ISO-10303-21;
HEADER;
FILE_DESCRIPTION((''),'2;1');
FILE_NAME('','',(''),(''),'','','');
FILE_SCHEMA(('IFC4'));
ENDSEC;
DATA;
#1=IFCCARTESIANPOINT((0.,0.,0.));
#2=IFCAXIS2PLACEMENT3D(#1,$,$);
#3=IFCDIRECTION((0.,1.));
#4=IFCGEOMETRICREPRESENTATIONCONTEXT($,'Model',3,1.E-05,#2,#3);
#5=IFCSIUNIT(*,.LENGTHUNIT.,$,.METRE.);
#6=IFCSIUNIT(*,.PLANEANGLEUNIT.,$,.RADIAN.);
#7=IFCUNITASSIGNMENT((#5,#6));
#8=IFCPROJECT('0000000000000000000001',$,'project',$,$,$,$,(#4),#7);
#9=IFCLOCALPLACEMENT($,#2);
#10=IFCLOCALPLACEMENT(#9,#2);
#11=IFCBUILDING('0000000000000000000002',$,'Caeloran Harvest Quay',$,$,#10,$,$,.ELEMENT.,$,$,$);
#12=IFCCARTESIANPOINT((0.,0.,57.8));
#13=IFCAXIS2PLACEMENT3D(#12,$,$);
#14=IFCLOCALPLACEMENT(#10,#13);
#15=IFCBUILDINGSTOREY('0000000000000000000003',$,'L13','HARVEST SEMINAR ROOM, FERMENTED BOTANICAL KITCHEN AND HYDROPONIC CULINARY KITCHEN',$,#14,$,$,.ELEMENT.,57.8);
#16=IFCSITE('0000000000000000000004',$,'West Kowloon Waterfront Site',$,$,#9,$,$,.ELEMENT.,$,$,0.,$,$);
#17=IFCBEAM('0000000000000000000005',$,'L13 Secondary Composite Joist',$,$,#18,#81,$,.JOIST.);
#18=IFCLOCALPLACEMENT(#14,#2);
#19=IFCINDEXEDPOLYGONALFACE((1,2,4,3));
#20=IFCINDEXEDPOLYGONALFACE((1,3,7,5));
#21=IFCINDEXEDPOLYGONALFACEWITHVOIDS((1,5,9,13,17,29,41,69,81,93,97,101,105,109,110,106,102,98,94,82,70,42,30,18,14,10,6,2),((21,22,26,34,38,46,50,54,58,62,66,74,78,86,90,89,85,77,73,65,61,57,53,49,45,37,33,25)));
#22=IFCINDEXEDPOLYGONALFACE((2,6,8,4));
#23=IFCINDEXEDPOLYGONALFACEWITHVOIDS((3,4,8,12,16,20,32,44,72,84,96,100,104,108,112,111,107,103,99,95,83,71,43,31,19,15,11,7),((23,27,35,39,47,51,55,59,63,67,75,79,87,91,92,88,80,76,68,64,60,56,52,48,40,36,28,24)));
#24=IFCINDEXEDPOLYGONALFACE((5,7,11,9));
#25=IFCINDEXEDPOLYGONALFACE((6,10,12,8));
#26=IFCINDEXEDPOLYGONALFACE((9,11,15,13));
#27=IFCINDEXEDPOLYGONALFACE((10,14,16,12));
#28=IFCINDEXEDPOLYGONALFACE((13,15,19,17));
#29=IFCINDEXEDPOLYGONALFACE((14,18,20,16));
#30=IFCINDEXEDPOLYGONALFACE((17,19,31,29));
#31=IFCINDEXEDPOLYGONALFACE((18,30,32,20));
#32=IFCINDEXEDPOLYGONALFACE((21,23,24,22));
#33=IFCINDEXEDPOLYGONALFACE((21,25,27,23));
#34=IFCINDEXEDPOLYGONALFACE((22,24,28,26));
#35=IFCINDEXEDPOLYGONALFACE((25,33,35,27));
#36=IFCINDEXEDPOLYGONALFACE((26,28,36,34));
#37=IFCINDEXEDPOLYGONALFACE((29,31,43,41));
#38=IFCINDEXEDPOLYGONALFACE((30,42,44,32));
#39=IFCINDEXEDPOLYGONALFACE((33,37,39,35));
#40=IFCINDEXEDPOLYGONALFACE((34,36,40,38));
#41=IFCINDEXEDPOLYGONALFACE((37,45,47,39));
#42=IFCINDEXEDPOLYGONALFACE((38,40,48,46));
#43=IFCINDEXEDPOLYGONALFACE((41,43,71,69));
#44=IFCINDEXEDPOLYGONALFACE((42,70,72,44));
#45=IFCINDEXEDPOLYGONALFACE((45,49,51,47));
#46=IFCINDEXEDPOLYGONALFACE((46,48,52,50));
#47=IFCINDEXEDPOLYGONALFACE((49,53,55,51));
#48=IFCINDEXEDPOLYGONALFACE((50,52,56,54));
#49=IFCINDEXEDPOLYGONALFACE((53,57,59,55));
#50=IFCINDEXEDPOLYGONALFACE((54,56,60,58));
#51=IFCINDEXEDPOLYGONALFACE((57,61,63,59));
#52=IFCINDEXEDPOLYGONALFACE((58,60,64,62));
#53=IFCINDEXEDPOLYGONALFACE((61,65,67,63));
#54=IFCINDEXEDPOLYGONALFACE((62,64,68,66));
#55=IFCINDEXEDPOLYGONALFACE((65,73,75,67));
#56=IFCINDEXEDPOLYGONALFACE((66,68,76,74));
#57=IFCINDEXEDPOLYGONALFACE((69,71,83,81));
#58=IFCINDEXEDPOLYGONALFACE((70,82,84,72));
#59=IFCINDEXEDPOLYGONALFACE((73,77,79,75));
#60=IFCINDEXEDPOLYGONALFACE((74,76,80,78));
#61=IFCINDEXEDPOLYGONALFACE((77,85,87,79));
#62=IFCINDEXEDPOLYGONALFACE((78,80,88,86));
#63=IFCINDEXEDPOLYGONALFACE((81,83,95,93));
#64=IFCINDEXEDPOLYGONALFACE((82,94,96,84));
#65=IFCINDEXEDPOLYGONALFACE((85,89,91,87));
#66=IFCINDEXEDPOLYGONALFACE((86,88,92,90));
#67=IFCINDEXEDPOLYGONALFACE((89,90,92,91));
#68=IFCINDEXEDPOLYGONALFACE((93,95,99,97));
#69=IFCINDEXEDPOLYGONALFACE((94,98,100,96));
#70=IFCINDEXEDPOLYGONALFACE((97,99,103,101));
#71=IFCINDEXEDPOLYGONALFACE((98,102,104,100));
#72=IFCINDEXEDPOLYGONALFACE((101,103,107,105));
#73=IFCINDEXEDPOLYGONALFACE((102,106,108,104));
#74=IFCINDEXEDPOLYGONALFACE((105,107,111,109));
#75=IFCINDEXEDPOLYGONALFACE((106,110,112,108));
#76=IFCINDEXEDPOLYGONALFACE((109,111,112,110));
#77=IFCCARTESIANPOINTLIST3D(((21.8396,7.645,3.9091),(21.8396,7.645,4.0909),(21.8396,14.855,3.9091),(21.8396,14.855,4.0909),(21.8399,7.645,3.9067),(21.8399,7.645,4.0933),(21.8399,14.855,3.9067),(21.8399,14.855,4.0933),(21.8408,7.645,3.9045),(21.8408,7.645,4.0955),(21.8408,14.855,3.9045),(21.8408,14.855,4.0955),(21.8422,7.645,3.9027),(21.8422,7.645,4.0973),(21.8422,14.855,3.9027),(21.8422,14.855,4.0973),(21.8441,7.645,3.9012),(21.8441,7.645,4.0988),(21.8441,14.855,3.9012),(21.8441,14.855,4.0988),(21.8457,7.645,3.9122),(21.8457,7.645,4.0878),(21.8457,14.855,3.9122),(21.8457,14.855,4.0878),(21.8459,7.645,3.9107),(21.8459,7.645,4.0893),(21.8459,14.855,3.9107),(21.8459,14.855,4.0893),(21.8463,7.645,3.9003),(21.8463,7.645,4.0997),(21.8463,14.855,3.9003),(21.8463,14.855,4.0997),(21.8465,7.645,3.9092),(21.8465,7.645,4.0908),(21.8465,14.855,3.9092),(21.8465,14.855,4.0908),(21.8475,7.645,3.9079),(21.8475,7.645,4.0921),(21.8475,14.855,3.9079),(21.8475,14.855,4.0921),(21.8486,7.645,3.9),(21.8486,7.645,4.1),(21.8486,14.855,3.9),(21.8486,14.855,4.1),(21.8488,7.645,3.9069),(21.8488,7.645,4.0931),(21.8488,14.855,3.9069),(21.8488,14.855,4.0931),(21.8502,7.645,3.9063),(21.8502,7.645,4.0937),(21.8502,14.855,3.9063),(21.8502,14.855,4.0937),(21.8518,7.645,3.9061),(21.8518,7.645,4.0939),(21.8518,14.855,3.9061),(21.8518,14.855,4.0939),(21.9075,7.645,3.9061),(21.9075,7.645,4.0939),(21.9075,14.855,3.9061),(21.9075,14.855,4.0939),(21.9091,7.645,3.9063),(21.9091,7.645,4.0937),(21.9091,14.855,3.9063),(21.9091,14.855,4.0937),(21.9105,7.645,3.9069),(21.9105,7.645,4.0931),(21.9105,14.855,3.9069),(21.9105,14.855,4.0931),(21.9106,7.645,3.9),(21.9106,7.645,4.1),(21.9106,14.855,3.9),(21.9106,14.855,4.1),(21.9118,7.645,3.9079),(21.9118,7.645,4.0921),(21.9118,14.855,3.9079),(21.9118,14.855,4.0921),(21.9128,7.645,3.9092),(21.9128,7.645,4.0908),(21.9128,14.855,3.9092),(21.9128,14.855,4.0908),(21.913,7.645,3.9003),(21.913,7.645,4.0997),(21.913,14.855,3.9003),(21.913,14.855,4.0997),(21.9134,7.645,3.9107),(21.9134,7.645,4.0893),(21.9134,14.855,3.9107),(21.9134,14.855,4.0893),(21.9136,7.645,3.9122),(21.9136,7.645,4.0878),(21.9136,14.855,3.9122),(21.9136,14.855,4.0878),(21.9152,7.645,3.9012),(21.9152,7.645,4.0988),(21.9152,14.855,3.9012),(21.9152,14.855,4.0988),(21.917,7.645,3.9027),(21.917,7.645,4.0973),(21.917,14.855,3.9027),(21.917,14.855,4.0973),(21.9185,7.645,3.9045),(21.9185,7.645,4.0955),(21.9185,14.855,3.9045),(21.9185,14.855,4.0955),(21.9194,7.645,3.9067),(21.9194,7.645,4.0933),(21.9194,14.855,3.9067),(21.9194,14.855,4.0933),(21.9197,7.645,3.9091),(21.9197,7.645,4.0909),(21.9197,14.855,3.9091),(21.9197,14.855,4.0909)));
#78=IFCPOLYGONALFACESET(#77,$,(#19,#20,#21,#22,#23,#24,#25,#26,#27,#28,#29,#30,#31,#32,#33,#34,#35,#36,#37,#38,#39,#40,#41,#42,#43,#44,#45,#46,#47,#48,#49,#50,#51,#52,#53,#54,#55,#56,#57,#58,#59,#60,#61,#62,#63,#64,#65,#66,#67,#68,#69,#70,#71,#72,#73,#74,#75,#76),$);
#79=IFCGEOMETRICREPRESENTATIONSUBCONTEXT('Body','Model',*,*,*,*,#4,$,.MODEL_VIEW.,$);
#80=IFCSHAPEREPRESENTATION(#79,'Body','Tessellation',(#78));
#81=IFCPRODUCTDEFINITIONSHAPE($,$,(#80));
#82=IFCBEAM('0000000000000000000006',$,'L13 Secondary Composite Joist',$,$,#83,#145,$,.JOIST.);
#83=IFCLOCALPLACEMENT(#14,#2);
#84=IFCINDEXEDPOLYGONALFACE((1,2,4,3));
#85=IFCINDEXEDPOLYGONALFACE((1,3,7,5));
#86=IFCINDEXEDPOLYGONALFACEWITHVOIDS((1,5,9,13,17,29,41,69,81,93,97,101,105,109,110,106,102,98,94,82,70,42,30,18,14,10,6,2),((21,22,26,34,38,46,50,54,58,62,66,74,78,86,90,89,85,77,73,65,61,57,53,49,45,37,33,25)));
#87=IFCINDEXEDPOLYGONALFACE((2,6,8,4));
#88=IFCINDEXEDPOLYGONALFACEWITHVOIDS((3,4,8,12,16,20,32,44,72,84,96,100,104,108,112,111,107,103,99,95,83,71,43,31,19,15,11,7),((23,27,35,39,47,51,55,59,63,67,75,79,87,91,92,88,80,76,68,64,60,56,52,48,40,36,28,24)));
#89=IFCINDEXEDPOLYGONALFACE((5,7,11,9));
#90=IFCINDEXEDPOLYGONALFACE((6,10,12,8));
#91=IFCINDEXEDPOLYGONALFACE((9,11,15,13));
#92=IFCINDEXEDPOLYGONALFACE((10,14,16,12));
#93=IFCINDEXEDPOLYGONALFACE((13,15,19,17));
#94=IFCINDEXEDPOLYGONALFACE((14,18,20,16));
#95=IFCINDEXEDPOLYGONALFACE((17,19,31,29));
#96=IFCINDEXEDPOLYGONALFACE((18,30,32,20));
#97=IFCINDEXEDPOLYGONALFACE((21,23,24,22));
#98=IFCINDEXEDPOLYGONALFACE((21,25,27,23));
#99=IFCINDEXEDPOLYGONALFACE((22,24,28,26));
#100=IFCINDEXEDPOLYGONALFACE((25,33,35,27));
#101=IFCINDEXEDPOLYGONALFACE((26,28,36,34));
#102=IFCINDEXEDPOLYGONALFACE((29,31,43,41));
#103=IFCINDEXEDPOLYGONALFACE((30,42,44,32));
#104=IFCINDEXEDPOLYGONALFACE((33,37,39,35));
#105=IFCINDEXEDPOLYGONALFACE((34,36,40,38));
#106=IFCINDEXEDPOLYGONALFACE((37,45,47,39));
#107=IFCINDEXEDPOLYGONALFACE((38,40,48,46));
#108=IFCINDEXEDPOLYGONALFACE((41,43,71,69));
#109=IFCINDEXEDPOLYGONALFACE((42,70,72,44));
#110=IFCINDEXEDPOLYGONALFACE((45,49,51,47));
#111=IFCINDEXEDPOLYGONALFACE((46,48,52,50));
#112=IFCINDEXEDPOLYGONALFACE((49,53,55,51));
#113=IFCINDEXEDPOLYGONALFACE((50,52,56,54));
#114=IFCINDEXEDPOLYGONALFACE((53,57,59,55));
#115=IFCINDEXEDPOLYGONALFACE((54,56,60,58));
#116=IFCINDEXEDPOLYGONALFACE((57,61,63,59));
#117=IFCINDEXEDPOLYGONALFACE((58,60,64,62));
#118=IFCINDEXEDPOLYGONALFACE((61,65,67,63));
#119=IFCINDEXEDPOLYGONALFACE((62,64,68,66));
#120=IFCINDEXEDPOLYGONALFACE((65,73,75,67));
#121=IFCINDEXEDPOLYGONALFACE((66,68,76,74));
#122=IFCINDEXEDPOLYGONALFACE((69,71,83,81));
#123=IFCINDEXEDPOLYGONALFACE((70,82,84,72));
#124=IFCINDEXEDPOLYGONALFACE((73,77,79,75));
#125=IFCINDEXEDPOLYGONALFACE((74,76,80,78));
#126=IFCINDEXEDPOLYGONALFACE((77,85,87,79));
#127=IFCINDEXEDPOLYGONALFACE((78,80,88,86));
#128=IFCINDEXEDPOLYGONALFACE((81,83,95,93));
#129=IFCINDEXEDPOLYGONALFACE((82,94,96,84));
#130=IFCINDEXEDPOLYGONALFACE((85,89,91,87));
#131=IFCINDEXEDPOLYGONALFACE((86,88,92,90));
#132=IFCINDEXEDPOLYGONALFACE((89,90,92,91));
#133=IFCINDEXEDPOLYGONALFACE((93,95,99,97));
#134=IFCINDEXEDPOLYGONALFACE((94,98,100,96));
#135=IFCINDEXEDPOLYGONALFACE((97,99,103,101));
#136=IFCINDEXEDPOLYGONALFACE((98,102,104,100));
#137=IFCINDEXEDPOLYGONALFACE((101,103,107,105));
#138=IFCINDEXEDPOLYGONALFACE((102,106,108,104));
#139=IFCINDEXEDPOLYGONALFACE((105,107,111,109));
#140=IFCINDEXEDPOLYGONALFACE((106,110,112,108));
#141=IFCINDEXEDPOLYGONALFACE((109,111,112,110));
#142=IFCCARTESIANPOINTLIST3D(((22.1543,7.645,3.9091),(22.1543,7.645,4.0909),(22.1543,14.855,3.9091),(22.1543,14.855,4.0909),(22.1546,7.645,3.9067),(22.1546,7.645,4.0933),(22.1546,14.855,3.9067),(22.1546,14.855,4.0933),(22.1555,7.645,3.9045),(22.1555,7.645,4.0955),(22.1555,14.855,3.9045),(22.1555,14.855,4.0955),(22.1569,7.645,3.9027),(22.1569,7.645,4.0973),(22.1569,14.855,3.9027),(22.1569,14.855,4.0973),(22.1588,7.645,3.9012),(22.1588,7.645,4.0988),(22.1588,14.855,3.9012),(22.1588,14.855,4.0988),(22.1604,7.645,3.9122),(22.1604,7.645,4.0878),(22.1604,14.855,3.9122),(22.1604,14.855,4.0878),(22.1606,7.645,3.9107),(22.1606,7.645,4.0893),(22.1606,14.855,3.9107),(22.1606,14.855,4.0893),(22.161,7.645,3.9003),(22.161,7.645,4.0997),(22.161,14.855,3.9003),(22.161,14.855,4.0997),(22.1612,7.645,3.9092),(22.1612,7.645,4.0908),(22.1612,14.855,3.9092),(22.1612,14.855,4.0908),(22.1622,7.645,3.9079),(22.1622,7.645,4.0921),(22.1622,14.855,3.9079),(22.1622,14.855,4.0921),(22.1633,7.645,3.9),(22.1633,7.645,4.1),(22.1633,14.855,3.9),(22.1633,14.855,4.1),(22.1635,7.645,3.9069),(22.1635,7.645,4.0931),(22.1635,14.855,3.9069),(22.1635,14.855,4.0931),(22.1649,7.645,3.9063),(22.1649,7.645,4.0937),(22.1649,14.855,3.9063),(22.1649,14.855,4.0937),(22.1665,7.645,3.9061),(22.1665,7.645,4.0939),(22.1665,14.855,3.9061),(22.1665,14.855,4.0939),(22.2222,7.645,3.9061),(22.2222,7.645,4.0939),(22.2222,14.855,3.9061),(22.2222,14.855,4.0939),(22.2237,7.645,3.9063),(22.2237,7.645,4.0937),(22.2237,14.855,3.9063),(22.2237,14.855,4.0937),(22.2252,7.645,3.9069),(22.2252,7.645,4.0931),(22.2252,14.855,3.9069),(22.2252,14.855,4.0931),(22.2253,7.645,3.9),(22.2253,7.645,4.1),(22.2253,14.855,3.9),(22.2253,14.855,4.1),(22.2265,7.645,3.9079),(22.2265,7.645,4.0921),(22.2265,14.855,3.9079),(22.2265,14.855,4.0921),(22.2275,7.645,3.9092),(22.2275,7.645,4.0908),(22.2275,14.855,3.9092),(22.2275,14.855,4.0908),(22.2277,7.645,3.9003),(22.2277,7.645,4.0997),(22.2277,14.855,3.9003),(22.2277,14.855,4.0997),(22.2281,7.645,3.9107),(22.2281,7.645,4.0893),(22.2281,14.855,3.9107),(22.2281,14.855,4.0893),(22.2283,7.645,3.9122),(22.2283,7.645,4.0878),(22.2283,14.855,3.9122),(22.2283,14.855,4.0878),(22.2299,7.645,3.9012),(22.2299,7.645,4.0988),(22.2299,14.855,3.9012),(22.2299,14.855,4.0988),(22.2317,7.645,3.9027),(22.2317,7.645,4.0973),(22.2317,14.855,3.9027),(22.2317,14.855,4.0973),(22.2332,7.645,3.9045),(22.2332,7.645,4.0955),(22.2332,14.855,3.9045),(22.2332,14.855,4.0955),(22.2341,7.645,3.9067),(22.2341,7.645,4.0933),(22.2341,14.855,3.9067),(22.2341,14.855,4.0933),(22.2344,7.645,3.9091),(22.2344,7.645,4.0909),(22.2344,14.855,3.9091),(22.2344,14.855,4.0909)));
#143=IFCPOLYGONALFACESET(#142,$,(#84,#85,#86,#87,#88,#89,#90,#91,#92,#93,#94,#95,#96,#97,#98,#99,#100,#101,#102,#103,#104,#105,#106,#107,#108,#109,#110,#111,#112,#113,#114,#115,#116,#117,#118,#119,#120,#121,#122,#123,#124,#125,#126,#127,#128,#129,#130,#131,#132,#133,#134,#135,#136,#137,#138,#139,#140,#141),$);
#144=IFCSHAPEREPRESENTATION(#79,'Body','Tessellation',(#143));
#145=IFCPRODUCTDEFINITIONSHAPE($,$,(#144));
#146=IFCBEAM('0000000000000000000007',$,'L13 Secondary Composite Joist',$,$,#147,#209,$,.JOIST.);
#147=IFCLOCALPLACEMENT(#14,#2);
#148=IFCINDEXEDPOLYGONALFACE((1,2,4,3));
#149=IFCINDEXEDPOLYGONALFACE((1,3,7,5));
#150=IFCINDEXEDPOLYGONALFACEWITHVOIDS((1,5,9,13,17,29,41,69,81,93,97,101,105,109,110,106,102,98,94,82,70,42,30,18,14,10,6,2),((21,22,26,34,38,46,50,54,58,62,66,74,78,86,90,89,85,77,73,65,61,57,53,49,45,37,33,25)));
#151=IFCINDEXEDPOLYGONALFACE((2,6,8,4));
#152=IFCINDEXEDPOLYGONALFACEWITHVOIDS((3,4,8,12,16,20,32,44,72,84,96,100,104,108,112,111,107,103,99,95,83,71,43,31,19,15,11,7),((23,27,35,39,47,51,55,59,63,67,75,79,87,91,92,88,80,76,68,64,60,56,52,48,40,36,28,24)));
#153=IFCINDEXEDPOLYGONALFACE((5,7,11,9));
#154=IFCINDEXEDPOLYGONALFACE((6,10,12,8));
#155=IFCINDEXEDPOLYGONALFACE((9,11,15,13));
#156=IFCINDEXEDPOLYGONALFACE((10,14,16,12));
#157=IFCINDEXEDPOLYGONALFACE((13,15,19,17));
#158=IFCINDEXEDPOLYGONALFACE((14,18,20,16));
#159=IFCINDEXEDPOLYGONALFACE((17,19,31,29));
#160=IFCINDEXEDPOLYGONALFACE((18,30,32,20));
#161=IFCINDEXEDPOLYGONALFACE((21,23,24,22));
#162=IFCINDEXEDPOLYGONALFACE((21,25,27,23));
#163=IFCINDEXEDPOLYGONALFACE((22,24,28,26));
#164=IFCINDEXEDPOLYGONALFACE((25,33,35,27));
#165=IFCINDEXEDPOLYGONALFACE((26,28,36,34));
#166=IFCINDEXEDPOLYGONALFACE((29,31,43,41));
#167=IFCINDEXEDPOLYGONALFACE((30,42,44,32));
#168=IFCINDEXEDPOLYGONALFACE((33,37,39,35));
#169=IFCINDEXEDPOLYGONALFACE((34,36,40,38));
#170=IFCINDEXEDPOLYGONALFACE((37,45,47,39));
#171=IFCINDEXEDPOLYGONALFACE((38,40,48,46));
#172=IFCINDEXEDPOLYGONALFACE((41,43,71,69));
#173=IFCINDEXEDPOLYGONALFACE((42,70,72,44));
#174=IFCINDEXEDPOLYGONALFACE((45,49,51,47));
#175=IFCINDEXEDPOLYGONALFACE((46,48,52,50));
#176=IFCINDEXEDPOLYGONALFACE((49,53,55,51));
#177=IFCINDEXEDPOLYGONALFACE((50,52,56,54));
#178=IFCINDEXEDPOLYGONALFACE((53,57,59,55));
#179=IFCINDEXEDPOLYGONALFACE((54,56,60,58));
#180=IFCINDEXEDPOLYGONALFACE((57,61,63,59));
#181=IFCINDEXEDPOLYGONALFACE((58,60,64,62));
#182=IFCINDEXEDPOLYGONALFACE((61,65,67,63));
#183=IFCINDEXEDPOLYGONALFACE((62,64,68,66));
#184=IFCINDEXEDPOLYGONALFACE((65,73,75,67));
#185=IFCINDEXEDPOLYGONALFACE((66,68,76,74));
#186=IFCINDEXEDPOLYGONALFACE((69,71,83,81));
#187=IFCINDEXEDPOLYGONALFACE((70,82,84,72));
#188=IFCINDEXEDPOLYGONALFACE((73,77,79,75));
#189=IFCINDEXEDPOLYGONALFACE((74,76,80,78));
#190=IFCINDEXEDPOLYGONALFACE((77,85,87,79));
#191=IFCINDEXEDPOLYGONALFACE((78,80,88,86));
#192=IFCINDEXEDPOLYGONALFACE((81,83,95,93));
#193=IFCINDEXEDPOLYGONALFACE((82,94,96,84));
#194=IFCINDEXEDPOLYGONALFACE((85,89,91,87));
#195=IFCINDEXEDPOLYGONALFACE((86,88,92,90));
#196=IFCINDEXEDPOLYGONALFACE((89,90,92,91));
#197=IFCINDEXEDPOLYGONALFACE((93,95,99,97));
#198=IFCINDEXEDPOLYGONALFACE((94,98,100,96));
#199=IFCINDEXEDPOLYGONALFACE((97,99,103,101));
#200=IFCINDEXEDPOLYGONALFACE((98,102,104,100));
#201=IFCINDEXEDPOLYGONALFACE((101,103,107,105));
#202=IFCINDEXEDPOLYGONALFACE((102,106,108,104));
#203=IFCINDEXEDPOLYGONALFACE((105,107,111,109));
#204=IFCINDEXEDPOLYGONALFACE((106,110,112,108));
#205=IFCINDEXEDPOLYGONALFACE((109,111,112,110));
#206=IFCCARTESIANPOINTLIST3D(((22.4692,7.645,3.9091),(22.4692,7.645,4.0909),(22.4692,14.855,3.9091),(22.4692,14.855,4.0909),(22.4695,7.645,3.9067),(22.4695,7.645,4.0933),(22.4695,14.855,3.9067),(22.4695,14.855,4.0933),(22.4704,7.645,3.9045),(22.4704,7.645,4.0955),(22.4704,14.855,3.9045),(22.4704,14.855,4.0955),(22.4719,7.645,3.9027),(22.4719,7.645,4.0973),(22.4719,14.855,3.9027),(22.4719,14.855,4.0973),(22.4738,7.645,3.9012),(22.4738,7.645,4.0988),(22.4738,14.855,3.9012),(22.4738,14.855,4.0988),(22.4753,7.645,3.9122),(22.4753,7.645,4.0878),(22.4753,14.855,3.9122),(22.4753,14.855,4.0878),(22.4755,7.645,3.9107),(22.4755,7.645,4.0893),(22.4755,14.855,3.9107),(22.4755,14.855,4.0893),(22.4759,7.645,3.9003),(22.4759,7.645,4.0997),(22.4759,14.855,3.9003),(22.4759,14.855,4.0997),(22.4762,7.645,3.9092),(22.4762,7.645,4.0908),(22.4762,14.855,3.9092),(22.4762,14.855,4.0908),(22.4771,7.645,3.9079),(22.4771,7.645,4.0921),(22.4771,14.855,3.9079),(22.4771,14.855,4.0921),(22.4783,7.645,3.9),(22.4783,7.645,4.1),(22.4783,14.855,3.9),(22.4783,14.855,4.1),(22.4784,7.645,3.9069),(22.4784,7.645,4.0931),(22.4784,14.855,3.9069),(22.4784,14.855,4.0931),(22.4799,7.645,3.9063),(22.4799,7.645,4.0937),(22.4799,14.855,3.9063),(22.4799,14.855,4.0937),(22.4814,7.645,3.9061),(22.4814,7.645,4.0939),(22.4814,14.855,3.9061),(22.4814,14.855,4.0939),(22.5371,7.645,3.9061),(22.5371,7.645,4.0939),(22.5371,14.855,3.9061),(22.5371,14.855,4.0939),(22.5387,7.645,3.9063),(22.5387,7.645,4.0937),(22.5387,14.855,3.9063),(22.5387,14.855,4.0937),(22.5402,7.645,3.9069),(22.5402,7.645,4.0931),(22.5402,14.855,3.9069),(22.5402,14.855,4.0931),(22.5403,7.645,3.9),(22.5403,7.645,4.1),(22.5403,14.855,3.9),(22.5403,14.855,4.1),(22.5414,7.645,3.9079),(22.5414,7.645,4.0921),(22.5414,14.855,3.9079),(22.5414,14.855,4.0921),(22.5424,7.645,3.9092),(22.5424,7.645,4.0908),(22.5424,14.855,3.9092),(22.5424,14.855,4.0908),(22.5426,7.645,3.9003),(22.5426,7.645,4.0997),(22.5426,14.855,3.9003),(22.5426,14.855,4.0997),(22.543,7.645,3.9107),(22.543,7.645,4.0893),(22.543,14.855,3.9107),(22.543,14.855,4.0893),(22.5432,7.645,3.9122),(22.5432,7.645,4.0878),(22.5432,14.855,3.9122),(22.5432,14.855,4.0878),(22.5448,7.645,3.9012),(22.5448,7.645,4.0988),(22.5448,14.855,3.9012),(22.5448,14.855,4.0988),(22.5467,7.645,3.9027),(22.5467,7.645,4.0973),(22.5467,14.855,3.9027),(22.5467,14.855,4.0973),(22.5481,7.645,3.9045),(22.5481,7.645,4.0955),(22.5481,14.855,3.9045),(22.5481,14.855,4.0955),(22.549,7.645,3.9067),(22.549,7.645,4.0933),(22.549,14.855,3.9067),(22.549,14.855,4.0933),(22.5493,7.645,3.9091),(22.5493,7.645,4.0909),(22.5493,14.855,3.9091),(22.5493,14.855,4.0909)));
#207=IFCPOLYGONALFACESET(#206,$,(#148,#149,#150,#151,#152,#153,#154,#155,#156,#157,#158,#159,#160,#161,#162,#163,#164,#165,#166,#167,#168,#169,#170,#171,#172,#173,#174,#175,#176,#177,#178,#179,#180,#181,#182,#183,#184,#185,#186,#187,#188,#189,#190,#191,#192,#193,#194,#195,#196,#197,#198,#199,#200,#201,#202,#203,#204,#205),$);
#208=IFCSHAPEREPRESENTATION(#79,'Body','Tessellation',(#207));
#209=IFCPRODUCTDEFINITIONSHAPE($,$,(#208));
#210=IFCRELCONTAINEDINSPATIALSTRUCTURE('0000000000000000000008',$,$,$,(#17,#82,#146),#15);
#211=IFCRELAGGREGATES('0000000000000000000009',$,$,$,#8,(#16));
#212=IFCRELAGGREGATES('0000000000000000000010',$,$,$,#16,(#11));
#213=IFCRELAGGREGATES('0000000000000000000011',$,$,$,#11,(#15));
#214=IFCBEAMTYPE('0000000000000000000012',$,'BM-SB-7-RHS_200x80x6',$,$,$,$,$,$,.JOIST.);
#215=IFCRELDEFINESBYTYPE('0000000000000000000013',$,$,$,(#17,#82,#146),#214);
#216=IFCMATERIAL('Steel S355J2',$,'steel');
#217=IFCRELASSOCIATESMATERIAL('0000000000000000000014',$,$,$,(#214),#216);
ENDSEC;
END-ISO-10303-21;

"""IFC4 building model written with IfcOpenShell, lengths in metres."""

from ifc_helpers import new_model, si_unit, direction, frame, origin, origin_2d, place, context, subcontext, project, spatial, hollow_rectangle, extrude, material, material_profile, profile_set, type_object, element, save


model = new_model("IFC4")

# Units and contexts
model_context = context("Model", 3, precision=1e-05, world=origin(), true_north=direction((0.0, 1.0)))
body_context = subcontext(model_context, "Body", "Model", "MODEL_VIEW")
ifc_project = project(units=[si_unit("LENGTHUNIT", "METRE"), si_unit("PLANEANGLEUNIT", "RADIAN")], contexts=[model_context])

# Site, building, storey
site_placement = place(None, origin())
site = spatial("IfcSite", under=ifc_project, at=site_placement, Name="West Kowloon Waterfront Site", CompositionType="ELEMENT", RefElevation=0.0)
building_placement = place(site_placement, origin())
building = spatial("IfcBuilding", under=site, at=building_placement, Name="Caeloran Harvest Quay", CompositionType="ELEMENT")
storey_placement = place(building_placement, frame((0.0, 0.0, 57.8)))
storey = spatial("IfcBuildingStorey", under=building, at=storey_placement, Name="L13", Description="HARVEST SEMINAR ROOM, FERMENTED BOTANICAL KITCHEN AND HYDROPONIC CULINARY KITCHEN", CompositionType="ELEMENT", Elevation=57.8)

# Beams
ifc_material_1 = material(Name="Steel S355J2", Category="steel")
ifc_material_profile_1 = material_profile(ifc_material_1, hollow_rectangle(XDim=0.0801, YDim=0.2, WallThickness=0.0061, InnerFilletRadius=0.0061, OuterFilletRadius=0.009, at=origin_2d()), Name="RHS 200x80x6")
ifc_profile_set_1 = profile_set([ifc_material_profile_1], Name="Steel S355J2")
beam_type_1 = type_object("IfcBeamType", Name="BM-SB-7-RHS_200x80x6", PredefinedType="JOIST", material=ifc_profile_set_1)
for number, where, z_axis, x_axis, name in (
    (1, (21.8796, 7.645, 4.0), (0.0, 1.0, 0.0), (-1.0, 0.0, 0.0), "L13 Secondary Composite Joist"),
    (2, (22.1943, 7.645, 4.0), (0.0, 1.0, 0.0), (-1.0, 0.0, 0.0), "L13 Secondary Composite Joist"),
    (3, (22.5093, 7.645, 4.0), (0.0, 1.0, 0.0), (-1.0, 0.0, 0.0), "L13 Secondary Composite Joist"),
):
    element("IfcBeam", number, at=place(storey_placement, frame(where, z_axis=z_axis, x_axis=x_axis)), inside=storey, type_object=beam_type_1, Name=name, PredefinedType="JOIST", context=body_context, shape_type="SweptSolid", body=[
        extrude(hollow_rectangle(XDim=0.0801, YDim=0.2, WallThickness=0.0061, InnerFilletRadius=0.0061, OuterFilletRadius=0.009, at=origin_2d()), origin(), (0.0, 0.0, 1.0), 7.21),
    ])

save(model, "model.ifc")
